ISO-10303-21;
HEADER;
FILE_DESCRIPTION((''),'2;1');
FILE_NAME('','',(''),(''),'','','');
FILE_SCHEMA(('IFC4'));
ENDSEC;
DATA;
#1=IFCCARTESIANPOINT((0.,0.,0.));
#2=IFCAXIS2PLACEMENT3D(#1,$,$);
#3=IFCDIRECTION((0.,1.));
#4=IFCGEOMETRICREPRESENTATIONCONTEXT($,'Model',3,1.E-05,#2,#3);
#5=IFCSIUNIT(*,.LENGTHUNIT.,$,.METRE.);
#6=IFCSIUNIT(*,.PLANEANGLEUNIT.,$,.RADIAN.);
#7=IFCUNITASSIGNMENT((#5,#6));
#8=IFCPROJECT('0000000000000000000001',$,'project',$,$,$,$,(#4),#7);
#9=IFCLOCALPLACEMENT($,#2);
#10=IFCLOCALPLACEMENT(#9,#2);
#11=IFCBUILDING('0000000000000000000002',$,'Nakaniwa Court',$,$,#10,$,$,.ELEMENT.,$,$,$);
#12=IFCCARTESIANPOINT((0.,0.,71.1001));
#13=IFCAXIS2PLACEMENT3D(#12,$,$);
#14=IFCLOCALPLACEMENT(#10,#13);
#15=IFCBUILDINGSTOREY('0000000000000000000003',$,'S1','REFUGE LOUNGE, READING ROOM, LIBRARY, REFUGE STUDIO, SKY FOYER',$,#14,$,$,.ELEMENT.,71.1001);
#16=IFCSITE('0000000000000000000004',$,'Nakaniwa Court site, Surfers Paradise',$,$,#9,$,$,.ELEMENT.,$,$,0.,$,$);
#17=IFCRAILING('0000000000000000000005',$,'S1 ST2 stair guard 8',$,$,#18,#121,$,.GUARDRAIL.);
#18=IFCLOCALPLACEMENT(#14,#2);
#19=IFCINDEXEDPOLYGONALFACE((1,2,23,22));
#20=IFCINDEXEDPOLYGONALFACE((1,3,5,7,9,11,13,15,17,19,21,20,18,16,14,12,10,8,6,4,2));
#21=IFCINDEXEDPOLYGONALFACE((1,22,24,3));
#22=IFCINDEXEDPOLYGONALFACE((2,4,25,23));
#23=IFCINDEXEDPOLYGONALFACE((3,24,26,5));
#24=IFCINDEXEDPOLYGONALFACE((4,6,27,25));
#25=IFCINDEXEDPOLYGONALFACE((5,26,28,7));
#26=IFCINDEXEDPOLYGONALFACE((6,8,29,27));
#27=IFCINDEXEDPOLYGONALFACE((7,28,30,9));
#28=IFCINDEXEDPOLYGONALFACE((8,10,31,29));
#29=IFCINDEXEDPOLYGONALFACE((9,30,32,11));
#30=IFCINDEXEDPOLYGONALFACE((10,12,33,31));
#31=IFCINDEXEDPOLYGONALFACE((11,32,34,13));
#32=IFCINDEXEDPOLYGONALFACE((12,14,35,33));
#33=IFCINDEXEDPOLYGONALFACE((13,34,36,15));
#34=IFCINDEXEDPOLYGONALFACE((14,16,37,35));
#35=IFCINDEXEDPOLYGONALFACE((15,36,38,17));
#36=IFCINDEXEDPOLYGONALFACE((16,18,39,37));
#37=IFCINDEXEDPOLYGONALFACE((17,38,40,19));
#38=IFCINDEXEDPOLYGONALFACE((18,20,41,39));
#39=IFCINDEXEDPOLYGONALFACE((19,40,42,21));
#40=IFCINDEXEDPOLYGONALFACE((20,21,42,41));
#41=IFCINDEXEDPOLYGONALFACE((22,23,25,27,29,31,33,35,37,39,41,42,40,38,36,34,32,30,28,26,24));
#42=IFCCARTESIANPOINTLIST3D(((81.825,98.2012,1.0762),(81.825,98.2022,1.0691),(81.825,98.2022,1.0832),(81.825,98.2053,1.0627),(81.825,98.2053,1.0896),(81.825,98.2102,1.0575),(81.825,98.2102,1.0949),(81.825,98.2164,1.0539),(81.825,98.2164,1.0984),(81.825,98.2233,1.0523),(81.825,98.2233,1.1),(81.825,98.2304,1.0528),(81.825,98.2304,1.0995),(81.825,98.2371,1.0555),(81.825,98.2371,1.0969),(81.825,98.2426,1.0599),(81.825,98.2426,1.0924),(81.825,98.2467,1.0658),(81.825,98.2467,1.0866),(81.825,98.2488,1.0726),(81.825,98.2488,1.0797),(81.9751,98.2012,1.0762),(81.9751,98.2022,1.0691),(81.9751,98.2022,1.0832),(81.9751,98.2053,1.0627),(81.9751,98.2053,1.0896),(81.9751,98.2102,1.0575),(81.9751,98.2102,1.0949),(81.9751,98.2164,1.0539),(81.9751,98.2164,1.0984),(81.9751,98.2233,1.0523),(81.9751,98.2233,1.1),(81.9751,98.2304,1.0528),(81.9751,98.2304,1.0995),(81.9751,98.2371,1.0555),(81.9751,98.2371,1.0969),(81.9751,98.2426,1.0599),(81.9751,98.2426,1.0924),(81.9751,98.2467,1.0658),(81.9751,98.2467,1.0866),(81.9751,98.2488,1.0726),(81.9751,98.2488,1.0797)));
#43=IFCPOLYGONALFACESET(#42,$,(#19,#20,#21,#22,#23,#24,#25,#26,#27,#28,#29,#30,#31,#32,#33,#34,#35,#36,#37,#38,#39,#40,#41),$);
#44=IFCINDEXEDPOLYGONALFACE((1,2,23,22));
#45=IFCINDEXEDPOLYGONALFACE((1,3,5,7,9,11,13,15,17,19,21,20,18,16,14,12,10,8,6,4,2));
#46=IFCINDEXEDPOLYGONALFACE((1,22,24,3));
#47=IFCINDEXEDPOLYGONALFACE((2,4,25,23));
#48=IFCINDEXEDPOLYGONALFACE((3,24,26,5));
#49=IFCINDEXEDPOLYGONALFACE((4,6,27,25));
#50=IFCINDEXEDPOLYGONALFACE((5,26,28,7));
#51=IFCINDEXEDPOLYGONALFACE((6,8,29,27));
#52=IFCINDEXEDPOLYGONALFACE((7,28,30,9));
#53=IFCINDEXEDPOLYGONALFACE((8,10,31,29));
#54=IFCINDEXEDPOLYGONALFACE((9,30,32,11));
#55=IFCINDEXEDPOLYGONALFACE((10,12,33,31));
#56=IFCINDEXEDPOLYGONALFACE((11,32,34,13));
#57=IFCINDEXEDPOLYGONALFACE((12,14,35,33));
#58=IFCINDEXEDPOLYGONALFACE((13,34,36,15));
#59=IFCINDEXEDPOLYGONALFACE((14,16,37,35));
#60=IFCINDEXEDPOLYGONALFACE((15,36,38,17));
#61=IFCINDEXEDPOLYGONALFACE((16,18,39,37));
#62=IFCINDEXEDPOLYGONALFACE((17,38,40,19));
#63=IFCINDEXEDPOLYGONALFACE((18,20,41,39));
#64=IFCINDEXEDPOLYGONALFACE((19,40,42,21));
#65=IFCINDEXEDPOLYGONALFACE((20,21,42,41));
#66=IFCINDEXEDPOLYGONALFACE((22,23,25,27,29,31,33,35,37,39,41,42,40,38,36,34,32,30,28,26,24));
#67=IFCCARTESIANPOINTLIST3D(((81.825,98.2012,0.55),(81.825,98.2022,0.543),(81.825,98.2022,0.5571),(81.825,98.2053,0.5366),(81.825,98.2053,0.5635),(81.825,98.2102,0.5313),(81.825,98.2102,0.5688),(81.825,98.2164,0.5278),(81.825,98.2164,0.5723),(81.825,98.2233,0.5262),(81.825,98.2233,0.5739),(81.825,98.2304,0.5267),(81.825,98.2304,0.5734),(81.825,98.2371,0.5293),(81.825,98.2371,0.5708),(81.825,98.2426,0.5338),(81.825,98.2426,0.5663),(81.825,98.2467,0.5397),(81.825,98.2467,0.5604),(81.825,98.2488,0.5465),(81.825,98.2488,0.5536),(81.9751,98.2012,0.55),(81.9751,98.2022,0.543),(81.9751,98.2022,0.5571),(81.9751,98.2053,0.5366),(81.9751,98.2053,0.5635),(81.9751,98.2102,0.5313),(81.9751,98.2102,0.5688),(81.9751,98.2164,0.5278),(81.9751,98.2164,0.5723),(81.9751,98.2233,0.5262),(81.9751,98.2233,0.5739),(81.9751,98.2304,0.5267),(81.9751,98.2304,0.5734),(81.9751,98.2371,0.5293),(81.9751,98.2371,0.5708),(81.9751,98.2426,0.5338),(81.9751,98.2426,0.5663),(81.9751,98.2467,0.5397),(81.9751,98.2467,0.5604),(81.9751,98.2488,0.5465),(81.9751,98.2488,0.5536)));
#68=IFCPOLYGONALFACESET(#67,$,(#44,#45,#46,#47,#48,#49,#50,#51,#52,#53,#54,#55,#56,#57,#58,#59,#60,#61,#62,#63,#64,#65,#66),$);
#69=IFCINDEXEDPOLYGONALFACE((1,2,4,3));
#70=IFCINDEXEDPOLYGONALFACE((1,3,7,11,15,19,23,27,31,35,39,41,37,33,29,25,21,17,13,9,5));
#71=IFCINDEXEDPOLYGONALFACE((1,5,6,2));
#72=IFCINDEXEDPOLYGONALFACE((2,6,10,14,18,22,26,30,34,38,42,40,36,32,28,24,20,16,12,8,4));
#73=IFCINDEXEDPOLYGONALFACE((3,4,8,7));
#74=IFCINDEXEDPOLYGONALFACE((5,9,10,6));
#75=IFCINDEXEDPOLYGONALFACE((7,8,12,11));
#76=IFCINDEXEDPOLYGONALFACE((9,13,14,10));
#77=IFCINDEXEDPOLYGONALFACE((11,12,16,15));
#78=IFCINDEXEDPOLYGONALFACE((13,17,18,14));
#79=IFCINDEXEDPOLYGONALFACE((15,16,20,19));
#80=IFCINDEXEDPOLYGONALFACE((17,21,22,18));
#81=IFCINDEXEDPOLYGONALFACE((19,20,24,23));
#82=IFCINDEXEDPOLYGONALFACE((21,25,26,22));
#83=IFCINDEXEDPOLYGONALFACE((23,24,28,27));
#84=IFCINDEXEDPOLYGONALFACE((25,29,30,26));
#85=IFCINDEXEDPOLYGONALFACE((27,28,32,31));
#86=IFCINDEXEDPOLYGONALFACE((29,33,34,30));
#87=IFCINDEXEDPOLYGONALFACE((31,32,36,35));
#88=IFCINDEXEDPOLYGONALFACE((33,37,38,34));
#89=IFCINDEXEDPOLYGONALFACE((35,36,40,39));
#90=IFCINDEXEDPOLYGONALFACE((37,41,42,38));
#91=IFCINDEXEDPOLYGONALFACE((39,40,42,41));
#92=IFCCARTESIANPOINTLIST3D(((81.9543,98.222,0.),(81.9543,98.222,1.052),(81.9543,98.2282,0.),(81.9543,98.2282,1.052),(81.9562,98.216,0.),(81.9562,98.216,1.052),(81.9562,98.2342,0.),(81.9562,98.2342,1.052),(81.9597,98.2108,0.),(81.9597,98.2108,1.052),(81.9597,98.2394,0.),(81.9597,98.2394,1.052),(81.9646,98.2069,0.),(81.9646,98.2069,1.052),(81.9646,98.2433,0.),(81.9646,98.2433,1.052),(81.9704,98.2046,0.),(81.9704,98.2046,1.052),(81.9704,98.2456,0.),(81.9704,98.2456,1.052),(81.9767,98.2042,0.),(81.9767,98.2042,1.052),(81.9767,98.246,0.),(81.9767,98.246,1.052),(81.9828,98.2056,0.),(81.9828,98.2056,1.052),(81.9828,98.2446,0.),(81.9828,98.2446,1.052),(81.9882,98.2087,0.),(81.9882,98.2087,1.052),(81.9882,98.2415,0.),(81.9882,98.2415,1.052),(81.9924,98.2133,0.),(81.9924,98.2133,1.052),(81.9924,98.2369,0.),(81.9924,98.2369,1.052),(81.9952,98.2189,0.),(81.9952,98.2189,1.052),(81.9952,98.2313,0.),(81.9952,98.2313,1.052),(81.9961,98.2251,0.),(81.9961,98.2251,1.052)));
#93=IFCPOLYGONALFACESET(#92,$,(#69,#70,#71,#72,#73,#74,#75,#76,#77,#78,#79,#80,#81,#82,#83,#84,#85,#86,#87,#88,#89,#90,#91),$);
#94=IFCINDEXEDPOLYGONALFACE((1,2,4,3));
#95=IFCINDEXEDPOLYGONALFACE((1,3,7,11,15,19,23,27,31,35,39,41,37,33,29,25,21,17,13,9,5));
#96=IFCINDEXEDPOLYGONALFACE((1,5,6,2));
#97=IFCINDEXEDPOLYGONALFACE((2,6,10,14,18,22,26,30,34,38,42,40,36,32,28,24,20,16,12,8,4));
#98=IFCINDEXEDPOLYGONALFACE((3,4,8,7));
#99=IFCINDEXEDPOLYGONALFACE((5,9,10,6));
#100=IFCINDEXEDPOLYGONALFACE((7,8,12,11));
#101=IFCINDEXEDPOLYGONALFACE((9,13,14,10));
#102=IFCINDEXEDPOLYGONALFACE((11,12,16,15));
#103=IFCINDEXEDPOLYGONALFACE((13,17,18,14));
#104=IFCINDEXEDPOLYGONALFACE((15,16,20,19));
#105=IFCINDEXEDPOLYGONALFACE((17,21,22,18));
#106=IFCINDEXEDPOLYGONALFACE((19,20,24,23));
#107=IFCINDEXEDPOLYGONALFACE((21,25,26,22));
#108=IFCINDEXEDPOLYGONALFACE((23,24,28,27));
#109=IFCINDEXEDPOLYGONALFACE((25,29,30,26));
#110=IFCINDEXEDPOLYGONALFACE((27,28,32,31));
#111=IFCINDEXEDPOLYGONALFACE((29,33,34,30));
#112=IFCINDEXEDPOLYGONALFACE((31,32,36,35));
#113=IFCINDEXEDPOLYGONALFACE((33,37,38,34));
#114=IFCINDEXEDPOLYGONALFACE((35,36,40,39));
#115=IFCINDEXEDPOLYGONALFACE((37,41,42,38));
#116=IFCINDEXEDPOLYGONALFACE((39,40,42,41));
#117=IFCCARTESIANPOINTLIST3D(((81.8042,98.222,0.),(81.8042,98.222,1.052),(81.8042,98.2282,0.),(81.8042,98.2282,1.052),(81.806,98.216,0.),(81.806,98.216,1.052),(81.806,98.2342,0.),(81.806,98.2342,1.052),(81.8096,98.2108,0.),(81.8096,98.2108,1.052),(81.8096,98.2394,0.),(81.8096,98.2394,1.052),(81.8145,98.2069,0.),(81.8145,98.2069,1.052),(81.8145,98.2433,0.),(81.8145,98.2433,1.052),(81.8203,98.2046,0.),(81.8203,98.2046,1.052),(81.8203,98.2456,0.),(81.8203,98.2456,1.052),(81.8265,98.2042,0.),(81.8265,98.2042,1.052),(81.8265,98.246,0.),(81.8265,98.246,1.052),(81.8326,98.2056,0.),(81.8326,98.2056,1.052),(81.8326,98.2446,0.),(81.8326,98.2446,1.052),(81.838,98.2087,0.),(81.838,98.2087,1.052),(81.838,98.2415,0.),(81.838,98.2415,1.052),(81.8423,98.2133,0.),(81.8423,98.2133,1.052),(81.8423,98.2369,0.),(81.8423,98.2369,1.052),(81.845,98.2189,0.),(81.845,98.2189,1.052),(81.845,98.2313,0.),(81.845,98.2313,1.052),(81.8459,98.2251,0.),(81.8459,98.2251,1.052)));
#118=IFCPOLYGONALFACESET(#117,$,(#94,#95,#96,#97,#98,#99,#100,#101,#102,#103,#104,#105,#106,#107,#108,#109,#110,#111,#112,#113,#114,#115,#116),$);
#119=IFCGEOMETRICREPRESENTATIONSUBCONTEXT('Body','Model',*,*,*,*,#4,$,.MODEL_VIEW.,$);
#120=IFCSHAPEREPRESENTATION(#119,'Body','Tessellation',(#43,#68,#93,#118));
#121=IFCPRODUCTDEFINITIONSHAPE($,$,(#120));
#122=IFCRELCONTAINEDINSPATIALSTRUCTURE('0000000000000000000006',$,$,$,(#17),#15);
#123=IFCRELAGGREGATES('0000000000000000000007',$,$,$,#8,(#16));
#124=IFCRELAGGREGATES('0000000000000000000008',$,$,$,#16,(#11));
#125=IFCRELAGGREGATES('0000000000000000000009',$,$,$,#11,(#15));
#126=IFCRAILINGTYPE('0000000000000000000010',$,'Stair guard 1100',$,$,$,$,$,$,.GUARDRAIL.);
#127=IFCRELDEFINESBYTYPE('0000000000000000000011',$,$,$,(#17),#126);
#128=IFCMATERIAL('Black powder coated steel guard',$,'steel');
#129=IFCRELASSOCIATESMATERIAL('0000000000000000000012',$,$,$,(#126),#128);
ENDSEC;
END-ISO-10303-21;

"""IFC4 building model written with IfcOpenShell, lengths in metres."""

from ifc_helpers import new_model, si_unit, direction, frame, origin, origin_2d, place, context, subcontext, project, spatial, circle, extrude, material, type_object, element, save


model = new_model("IFC4")

# Units and contexts
model_context = context("Model", 3, precision=1e-05, world=origin(), true_north=direction((0.0, 1.0)))
body_context = subcontext(model_context, "Body", "Model", "MODEL_VIEW")
ifc_project = project(units=[si_unit("LENGTHUNIT", "METRE"), si_unit("PLANEANGLEUNIT", "RADIAN")], contexts=[model_context])

# Site, building, storey
site_placement = place(None, origin())
site = spatial("IfcSite", under=ifc_project, at=site_placement, Name="Nakaniwa Court site, Surfers Paradise", CompositionType="ELEMENT", RefElevation=0.0)
building_placement = place(site_placement, origin())
building = spatial("IfcBuilding", under=site, at=building_placement, Name="Nakaniwa Court", CompositionType="ELEMENT")
storey_placement = place(building_placement, frame((0.0, 0.0, 71.1001)))
storey = spatial("IfcBuildingStorey", under=building, at=storey_placement, Name="S1", Description="REFUGE LOUNGE, READING ROOM, LIBRARY, REFUGE STUDIO, SKY FOYER", CompositionType="ELEMENT", Elevation=71.1001)

# Railing
ifc_material_1 = material(Name="Black powder coated steel guard", Category="steel")
railing_type = type_object("IfcRailingType", Name="Stair guard 1100", PredefinedType="GUARDRAIL", material=ifc_material_1)
for number, where, name in (
    (1, (81.9751, 98.2251, 0.0), "S1 ST2 stair guard 8"),
):
    element("IfcRailing", number, at=place(storey_placement, frame(where)), inside=storey, type_object=railing_type, Name=name, PredefinedType="GUARDRAIL", context=body_context, shape_type="SweptSolid", body=[
        extrude(circle(Radius=0.0239, at=origin_2d()), frame((0.0, 0.0, 1.0762), z_axis=(-1.0, 0.0, 0.0), x_axis=(0.0, -1.0, 0.0)), (0.0, 0.0, 1.0), 0.1501),
        extrude(circle(Radius=0.0239, at=origin_2d()), frame((0.0, 0.0, 0.55), z_axis=(-1.0, 0.0, 0.0), x_axis=(0.0, -1.0, 0.0)), (0.0, 0.0, 1.0), 0.1501),
        extrude(circle(Radius=0.021, at=origin_2d()), origin(), (0.0, 0.0, 1.0), 1.052),
        extrude(circle(Radius=0.021, at=origin_2d()), frame((-0.1501, 0.0, 0.0)), (0.0, 0.0, 1.0), 1.052),
    ])

save(model, "model.ifc")
